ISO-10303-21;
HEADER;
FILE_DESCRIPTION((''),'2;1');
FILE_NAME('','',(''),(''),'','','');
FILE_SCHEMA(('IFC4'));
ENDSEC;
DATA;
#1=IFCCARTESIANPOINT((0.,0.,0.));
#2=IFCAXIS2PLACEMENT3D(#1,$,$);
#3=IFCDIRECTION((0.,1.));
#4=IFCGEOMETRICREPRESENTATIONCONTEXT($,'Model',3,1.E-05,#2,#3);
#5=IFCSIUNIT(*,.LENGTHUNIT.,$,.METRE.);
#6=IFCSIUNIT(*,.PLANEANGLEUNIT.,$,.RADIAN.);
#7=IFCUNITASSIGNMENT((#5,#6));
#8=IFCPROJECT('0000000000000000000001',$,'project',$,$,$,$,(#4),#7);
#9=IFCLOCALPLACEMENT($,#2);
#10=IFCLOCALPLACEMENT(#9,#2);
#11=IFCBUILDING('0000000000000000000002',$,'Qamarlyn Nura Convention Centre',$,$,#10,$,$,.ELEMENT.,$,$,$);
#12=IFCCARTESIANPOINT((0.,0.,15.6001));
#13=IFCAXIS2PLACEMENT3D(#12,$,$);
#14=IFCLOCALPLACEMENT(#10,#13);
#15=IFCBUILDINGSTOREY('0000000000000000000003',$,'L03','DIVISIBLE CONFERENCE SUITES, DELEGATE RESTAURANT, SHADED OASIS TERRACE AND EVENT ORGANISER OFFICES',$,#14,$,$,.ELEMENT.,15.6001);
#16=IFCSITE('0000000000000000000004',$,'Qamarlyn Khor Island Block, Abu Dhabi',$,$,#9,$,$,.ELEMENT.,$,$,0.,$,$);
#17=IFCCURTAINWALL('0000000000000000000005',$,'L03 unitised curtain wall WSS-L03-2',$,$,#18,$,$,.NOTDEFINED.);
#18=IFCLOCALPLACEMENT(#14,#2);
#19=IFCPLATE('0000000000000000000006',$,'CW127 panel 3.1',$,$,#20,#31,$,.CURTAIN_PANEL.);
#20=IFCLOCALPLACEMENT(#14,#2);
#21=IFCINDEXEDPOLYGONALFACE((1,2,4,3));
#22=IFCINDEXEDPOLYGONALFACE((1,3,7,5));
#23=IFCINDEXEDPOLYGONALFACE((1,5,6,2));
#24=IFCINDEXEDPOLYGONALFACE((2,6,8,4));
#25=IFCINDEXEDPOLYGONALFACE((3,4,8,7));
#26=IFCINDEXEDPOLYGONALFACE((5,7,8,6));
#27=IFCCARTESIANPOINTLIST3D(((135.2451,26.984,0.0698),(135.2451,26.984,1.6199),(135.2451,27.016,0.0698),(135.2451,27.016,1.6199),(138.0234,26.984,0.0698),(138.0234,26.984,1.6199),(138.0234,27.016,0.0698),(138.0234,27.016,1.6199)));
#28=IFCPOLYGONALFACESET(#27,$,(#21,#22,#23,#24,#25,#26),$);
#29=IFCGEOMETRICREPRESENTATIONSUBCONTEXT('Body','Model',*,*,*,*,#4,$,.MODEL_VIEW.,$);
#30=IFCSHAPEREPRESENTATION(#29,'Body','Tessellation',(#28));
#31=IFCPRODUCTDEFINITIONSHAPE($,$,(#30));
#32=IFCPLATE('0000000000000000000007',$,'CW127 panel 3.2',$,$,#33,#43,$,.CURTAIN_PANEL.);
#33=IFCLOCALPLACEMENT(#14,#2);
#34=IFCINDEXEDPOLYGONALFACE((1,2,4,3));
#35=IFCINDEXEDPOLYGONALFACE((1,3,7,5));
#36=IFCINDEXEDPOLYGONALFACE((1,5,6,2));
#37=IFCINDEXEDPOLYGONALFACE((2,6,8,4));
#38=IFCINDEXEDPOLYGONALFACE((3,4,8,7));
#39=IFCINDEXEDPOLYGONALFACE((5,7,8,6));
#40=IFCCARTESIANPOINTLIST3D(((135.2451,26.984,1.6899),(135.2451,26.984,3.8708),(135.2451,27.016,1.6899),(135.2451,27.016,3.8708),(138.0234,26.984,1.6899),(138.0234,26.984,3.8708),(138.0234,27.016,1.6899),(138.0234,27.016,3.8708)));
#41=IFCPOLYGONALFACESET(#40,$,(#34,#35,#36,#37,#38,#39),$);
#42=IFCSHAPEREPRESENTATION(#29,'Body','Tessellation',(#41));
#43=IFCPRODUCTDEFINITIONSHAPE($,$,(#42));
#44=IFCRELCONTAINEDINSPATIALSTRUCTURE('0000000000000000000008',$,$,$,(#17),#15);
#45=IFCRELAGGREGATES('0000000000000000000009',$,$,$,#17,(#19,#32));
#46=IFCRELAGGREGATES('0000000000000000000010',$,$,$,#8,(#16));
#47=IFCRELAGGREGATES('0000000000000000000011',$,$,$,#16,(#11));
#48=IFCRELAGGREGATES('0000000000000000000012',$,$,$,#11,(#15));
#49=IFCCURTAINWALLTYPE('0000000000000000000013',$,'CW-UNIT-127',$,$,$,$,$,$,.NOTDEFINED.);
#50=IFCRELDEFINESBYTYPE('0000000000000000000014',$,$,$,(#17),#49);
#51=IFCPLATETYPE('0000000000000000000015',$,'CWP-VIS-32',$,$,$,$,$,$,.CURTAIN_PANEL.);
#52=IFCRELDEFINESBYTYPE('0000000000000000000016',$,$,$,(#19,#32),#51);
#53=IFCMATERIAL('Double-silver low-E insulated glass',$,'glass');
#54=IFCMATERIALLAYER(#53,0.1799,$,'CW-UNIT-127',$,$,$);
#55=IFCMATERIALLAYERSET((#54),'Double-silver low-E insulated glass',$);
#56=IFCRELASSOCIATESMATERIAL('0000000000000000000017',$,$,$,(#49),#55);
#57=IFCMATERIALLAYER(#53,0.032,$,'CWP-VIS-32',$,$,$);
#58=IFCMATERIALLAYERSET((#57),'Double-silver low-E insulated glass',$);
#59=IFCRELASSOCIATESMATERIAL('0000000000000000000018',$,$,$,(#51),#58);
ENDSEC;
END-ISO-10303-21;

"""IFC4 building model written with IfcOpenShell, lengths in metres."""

from ifc_helpers import new_model, si_unit, direction, frame, origin, origin_2d, place, context, subcontext, project, spatial, rectangle, extrude, material, layer, layer_set, type_object, element, aggregate, save


model = new_model("IFC4")

# Units and contexts
model_context = context("Model", 3, precision=1e-05, world=origin(), true_north=direction((0.0, 1.0)))
body_context = subcontext(model_context, "Body", "Model", "MODEL_VIEW")
ifc_project = project(units=[si_unit("LENGTHUNIT", "METRE"), si_unit("PLANEANGLEUNIT", "RADIAN")], contexts=[model_context])

# Site, building, storey
site_placement = place(None, origin())
site = spatial("IfcSite", under=ifc_project, at=site_placement, Name="Qamarlyn Khor Island Block, Abu Dhabi", CompositionType="ELEMENT", RefElevation=0.0)
building_placement = place(site_placement, origin())
building = spatial("IfcBuilding", under=site, at=building_placement, Name="Qamarlyn Nura Convention Centre", CompositionType="ELEMENT")
storey_placement = place(building_placement, frame((0.0, 0.0, 15.6001)))
storey = spatial("IfcBuildingStorey", under=building, at=storey_placement, Name="L03", Description="DIVISIBLE CONFERENCE SUITES, DELEGATE RESTAURANT, SHADED OASIS TERRACE AND EVENT ORGANISER OFFICES", CompositionType="ELEMENT", Elevation=15.6001)

# Curtain wall, plates
ifc_material_1 = material(Name="Double-silver low-E insulated glass", Category="glass")
ifc_layer_1 = layer(ifc_material_1, 0.1799, Name="CW-UNIT-127")
ifc_layer_set_1 = layer_set([ifc_layer_1], Name="Double-silver low-E insulated glass")
curtain_wall_type = type_object("IfcCurtainWallType", Name="CW-UNIT-127", PredefinedType="NOTDEFINED", material=ifc_layer_set_1)
curtain_wall_placement = place(storey_placement, origin())
curtain_wall = element("IfcCurtainWall", 1, at=curtain_wall_placement, inside=storey, type_object=curtain_wall_type, Name="L03 unitised curtain wall WSS-L03-2", PredefinedType="NOTDEFINED")
ifc_layer_2 = layer(ifc_material_1, 0.032, Name="CWP-VIS-32")
ifc_layer_set_2 = layer_set([ifc_layer_2], Name="Double-silver low-E insulated glass")
plate_type = type_object("IfcPlateType", Name="CWP-VIS-32", PredefinedType="CURTAIN_PANEL", material=ifc_layer_set_2)
plate_1_placement = place(storey_placement, frame((136.6343, 27.0, 0.0698), z_axis=(0.0, 0.0, 1.0), x_axis=(-1.0, 0.0, 0.0)))
plate_1 = element("IfcPlate", 2, at=plate_1_placement, type_object=plate_type, Name="CW127 panel 3.1", PredefinedType="CURTAIN_PANEL", context=body_context, shape_type="SweptSolid", body=[
    extrude(rectangle(XDim=2.7783, YDim=0.032, at=origin_2d()), origin(), (0.0, 0.0, 1.0), 1.55),
])
plate_2_placement = place(storey_placement, frame((136.6343, 27.0, 1.6899), z_axis=(0.0, 0.0, 1.0), x_axis=(-1.0, 0.0, 0.0)))
plate_2 = element("IfcPlate", 3, at=plate_2_placement, type_object=plate_type, Name="CW127 panel 3.2", PredefinedType="CURTAIN_PANEL", context=body_context, shape_type="SweptSolid", body=[
    extrude(rectangle(XDim=2.7783, YDim=0.032, at=origin_2d()), origin(), (0.0, 0.0, 1.0), 2.1809),
])
aggregate(curtain_wall, [plate_1, plate_2])

save(model, "model.ifc")
